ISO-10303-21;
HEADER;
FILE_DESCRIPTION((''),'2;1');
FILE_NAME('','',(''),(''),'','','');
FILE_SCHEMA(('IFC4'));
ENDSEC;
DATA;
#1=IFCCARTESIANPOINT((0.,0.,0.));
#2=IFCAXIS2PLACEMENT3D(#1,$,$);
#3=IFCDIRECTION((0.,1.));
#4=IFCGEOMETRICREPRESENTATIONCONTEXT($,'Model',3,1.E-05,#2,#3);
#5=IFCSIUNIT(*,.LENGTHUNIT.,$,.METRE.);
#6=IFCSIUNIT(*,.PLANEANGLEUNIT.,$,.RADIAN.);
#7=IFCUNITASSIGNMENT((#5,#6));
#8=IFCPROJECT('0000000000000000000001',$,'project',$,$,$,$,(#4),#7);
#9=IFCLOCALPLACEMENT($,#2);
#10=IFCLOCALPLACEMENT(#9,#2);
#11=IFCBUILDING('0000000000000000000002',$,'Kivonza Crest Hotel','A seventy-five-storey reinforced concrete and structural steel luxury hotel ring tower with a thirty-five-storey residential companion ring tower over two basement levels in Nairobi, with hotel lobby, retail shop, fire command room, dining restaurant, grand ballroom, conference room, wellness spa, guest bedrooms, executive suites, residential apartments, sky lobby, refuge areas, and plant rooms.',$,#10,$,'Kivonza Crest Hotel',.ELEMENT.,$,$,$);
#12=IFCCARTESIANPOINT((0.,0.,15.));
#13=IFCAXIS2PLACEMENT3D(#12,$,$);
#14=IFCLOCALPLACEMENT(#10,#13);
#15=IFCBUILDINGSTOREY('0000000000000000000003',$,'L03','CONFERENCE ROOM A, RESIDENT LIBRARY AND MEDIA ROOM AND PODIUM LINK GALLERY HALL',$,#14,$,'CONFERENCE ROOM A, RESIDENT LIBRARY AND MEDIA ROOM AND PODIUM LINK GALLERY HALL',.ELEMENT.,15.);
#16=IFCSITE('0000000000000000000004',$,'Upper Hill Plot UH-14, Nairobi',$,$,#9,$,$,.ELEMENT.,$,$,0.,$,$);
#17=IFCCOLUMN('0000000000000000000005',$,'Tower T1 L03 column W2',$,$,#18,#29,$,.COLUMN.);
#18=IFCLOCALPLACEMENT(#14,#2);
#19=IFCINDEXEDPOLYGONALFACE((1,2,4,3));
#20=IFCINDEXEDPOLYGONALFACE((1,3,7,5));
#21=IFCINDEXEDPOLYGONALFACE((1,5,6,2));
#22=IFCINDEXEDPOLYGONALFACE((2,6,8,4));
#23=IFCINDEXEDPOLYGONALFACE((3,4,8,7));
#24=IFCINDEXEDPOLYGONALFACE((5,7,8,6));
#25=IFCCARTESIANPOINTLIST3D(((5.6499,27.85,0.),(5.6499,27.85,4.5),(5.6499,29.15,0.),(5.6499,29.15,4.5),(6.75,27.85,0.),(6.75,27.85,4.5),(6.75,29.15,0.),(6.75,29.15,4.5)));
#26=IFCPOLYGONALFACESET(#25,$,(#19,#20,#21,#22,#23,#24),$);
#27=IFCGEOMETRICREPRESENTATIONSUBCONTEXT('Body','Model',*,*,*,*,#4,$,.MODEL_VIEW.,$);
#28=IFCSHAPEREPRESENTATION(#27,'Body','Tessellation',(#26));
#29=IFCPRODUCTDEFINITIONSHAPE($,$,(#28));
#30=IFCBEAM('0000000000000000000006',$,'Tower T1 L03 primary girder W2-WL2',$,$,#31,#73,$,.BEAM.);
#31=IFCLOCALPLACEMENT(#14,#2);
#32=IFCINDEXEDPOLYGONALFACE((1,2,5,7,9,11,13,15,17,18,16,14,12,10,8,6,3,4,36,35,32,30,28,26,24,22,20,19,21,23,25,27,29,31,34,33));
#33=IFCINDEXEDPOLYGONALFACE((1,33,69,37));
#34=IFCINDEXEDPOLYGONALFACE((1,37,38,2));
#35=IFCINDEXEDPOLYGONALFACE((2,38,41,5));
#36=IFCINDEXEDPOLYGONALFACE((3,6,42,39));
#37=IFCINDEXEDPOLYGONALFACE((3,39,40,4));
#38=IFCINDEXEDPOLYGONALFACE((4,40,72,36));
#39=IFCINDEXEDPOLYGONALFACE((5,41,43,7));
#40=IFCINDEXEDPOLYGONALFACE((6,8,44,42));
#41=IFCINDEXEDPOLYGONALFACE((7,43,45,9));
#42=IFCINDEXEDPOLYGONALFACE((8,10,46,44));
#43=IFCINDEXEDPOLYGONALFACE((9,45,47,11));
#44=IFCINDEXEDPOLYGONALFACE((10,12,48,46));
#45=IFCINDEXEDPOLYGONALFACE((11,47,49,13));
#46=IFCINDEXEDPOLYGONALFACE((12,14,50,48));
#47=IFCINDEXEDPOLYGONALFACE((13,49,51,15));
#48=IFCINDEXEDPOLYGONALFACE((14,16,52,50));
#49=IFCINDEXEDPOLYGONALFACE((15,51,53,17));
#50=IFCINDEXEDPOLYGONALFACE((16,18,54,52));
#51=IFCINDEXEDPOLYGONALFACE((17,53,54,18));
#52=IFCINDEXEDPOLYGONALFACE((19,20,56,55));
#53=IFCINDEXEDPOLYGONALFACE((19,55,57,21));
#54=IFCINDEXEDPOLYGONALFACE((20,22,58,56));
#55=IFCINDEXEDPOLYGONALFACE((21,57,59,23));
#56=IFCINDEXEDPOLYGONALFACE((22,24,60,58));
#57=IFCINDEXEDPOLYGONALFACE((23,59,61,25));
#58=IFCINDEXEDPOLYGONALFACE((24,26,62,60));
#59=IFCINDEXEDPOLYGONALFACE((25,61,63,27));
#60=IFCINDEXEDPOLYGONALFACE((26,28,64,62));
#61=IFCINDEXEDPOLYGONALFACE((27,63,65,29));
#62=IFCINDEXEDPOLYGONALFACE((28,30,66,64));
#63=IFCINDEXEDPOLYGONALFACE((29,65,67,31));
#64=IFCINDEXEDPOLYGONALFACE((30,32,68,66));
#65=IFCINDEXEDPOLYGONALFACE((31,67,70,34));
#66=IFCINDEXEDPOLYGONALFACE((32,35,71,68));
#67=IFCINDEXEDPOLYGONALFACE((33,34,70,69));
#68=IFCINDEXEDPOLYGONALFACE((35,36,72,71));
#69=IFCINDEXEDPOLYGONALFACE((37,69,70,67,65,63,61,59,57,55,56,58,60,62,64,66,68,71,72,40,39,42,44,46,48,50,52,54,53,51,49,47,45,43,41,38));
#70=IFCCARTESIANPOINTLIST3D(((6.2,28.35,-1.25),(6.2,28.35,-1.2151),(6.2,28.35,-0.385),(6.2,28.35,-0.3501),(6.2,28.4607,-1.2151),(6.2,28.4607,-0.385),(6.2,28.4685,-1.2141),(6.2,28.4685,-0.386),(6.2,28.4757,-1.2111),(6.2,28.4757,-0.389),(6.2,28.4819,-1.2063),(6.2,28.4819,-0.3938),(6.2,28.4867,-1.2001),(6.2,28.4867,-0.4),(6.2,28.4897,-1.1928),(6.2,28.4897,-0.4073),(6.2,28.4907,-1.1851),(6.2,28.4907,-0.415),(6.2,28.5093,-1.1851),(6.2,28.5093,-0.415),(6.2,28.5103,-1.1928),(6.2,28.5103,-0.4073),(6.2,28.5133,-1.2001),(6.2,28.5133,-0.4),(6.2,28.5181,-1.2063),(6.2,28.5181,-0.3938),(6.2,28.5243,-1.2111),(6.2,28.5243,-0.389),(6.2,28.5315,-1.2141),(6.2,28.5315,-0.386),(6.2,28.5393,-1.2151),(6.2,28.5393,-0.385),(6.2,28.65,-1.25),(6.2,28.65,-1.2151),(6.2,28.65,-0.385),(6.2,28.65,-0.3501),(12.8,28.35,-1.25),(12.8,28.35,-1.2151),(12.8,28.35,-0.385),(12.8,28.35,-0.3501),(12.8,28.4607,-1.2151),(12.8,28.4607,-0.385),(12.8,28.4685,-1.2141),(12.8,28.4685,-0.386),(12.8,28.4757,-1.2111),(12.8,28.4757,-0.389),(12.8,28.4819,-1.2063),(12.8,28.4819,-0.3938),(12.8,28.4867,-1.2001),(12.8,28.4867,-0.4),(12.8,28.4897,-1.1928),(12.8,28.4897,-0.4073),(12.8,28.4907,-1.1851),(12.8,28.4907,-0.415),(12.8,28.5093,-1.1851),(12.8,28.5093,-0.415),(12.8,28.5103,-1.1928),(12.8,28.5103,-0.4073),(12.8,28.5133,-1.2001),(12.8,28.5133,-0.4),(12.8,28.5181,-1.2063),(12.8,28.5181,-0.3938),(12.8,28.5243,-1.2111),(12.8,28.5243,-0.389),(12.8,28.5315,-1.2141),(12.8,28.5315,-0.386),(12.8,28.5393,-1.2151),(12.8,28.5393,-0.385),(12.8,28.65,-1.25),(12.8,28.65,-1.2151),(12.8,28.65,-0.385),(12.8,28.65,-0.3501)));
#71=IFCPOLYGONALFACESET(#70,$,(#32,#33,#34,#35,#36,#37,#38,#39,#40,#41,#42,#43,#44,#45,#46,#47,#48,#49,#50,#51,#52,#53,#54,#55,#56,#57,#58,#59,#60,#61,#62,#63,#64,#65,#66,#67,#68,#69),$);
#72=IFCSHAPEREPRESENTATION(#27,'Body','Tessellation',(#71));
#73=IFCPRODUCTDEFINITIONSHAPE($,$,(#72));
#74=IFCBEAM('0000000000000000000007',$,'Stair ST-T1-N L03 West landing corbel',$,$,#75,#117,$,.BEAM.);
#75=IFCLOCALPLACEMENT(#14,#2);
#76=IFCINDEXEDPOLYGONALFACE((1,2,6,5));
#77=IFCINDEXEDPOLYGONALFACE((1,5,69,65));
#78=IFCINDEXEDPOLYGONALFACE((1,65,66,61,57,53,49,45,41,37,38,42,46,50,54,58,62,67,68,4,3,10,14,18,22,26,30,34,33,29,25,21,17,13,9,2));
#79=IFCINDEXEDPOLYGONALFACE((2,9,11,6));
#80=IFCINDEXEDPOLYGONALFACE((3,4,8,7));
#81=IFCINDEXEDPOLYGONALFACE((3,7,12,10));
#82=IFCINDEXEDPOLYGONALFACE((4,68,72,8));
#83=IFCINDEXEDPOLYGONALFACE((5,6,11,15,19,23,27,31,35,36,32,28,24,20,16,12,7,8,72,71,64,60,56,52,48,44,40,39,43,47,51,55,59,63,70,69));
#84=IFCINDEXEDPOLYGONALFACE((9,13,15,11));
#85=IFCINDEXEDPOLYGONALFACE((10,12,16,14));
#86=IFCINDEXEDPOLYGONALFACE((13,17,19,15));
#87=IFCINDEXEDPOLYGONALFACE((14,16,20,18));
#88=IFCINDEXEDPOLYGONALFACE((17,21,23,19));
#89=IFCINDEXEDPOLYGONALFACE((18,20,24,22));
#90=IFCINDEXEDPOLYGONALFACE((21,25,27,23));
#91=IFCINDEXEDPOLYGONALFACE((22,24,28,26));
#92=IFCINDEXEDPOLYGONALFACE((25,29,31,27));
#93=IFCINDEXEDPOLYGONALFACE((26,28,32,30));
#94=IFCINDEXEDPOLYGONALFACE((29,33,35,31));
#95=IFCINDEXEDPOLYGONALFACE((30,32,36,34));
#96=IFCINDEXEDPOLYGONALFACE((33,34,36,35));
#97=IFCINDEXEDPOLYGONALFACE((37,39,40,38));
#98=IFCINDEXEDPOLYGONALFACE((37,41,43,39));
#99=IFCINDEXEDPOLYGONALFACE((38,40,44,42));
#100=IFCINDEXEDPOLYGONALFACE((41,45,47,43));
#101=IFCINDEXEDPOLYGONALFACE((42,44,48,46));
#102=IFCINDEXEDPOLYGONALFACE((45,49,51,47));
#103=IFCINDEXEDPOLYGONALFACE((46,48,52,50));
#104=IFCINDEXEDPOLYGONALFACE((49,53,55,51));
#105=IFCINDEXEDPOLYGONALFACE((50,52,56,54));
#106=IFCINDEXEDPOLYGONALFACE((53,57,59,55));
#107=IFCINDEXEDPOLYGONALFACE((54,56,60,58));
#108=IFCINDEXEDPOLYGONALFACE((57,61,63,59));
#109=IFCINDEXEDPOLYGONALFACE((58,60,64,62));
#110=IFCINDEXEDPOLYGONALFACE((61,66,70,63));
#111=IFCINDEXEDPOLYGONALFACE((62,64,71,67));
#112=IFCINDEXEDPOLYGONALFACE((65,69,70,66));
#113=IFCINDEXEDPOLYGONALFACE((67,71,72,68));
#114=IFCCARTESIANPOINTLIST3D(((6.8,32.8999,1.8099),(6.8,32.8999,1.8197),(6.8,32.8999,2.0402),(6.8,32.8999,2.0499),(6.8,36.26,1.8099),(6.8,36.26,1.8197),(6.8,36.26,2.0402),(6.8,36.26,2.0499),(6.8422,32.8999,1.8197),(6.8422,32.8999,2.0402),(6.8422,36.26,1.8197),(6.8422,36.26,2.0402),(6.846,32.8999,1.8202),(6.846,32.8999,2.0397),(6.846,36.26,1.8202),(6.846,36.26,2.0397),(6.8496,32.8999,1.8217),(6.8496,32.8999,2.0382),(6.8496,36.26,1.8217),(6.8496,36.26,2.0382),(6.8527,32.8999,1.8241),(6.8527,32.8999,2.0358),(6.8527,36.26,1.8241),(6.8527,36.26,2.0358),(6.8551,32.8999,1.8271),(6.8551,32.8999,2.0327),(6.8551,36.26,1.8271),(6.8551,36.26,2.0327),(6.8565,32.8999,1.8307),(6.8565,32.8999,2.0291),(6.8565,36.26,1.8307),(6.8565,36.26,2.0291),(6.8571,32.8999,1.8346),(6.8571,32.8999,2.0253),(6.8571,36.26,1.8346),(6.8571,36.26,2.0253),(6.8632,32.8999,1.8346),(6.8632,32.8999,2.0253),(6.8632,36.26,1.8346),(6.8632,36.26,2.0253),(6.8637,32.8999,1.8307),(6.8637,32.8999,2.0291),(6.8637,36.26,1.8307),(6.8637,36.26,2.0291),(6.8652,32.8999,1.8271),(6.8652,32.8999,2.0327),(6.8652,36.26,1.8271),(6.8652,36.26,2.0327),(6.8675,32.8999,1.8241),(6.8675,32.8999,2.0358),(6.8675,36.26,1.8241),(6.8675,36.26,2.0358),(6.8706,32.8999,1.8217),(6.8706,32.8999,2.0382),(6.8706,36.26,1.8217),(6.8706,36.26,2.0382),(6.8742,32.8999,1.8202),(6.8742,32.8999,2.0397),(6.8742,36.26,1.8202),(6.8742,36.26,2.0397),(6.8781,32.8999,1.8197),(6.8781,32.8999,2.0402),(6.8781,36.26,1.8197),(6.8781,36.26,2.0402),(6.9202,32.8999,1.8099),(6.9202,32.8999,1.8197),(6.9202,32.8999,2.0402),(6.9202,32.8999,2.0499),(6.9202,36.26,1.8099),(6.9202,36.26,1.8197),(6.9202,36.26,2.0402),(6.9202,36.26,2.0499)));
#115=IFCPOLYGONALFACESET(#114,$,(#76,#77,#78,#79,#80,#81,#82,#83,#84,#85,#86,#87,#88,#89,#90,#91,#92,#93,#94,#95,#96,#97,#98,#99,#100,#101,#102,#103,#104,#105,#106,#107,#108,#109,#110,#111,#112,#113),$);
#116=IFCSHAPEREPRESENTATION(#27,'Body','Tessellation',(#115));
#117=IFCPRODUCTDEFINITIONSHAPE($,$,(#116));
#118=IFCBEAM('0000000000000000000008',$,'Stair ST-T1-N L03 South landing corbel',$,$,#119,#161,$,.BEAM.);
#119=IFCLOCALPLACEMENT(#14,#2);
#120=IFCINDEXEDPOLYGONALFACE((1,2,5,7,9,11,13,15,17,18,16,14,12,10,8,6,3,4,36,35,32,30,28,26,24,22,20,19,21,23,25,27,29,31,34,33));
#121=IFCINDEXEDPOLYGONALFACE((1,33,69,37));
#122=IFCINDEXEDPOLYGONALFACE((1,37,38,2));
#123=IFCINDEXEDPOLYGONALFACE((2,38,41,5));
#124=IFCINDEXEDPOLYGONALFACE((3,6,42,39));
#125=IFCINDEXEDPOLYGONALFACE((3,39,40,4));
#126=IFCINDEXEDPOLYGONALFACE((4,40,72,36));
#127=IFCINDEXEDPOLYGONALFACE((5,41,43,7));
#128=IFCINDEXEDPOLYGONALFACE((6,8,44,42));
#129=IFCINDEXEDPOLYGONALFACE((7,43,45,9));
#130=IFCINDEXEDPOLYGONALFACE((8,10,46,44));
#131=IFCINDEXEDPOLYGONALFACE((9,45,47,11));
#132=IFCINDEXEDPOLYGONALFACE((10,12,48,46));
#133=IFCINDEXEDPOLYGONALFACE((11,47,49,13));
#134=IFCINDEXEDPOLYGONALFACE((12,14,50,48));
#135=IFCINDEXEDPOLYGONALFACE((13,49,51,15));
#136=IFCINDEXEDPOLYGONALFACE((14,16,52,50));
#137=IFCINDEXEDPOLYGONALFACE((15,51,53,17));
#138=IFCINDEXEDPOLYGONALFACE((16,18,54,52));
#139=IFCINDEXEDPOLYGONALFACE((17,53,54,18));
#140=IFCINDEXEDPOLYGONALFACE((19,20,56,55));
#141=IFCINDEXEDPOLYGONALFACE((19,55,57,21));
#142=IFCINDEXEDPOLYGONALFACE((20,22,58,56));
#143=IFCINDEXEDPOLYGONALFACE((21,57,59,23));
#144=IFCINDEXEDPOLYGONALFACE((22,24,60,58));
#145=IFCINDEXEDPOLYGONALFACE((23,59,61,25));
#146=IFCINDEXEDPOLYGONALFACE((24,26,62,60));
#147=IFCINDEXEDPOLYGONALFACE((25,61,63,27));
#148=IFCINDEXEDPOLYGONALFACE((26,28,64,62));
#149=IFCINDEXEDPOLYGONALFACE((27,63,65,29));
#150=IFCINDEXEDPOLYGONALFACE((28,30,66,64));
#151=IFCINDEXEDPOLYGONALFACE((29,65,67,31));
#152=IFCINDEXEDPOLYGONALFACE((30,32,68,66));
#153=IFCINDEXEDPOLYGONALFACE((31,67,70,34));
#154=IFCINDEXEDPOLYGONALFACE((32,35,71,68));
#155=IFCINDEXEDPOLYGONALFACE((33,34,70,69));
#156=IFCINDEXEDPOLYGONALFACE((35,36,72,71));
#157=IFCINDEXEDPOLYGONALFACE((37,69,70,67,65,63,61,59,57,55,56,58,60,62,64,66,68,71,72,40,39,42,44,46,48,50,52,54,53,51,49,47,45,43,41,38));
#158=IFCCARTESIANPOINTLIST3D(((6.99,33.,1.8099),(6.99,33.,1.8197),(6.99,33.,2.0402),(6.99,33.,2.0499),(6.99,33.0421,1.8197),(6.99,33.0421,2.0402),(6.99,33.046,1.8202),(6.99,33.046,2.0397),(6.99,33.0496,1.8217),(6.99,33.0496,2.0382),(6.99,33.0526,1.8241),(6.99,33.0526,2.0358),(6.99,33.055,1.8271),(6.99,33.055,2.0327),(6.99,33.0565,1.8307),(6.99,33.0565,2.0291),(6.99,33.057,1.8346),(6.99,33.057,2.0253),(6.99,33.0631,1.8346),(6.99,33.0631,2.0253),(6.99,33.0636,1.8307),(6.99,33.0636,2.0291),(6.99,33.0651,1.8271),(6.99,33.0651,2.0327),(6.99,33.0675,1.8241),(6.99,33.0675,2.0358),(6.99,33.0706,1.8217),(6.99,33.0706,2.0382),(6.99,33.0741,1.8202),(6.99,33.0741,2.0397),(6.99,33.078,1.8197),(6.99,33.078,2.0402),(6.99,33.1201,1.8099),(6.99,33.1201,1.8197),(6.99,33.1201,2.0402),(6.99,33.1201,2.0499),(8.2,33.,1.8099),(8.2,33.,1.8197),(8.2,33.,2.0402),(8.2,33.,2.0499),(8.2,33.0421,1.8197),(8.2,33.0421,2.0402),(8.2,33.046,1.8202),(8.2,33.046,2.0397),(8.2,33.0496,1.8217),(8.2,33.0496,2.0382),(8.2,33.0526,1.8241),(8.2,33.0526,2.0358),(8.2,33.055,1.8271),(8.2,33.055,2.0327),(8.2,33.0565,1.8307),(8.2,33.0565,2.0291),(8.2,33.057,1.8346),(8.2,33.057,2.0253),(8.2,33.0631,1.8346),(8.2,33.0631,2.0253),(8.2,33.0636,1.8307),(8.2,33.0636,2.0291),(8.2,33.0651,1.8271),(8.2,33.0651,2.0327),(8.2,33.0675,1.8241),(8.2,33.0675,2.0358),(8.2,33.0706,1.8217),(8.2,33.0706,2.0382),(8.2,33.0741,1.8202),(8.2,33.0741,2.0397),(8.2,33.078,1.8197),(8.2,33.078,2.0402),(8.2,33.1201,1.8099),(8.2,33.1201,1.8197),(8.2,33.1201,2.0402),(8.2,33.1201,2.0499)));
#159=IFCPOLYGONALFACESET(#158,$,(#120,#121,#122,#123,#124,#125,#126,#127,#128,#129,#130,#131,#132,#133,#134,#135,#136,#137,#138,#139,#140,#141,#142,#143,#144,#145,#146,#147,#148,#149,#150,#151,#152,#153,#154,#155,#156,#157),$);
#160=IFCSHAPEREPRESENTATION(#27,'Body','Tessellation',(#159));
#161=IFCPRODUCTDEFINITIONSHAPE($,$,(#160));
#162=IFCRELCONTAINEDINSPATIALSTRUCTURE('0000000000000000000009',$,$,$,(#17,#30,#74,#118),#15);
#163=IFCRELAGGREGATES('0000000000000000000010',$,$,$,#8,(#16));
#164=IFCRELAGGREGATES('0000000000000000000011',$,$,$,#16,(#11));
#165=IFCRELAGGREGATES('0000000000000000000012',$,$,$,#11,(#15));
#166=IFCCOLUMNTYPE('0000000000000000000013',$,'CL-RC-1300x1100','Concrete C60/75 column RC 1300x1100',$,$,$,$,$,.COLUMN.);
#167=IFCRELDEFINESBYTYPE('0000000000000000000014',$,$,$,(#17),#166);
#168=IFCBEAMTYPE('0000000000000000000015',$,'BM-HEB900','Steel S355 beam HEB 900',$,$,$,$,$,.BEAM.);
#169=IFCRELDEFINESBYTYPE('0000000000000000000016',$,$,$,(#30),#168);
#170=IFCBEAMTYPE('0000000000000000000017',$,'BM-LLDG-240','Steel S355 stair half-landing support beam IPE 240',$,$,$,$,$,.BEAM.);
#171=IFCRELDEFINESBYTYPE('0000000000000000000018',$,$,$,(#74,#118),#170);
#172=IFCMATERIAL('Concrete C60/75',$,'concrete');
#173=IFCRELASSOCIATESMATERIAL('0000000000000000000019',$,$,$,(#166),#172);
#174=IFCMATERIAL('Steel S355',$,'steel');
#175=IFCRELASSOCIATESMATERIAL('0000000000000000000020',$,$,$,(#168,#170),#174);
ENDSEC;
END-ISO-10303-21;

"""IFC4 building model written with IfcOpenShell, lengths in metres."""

from ifc_helpers import new_model, si_unit, direction, frame, origin, origin_2d, place, context, subcontext, project, spatial, rectangle, i_section, extrude, material, material_profile, profile_set, type_object, element, save


model = new_model("IFC4")

# Units and contexts
model_context = context("Model", 3, precision=1e-05, world=origin(), true_north=direction((0.0, 1.0)))
body_context = subcontext(model_context, "Body", "Model", "MODEL_VIEW")
ifc_project = project(units=[si_unit("LENGTHUNIT", "METRE"), si_unit("PLANEANGLEUNIT", "RADIAN")], contexts=[model_context])

# Site, building, storey
site_placement = place(None, origin())
site = spatial("IfcSite", under=ifc_project, at=site_placement, Name="Upper Hill Plot UH-14, Nairobi", CompositionType="ELEMENT", RefElevation=0.0)
building_placement = place(site_placement, origin())
building = spatial("IfcBuilding", under=site, at=building_placement, Name="Kivonza Crest Hotel", Description="A seventy-five-storey reinforced concrete and structural steel luxury hotel ring tower with a thirty-five-storey residential companion ring tower over two basement levels in Nairobi, with hotel lobby, retail shop, fire command room, dining restaurant, grand ballroom, conference room, wellness spa, guest bedrooms, executive suites, residential apartments, sky lobby, refuge areas, and plant rooms.", LongName="Kivonza Crest Hotel", CompositionType="ELEMENT")
storey_placement = place(building_placement, frame((0.0, 0.0, 15.0)))
storey = spatial("IfcBuildingStorey", under=building, at=storey_placement, Name="L03", Description="CONFERENCE ROOM A, RESIDENT LIBRARY AND MEDIA ROOM AND PODIUM LINK GALLERY HALL", LongName="CONFERENCE ROOM A, RESIDENT LIBRARY AND MEDIA ROOM AND PODIUM LINK GALLERY HALL", CompositionType="ELEMENT", Elevation=15.0)

# Column
ifc_material_1 = material(Name="Concrete C60/75", Category="concrete")
ifc_material_profile_1 = material_profile(ifc_material_1, rectangle(XDim=1.1001, YDim=1.3, at=origin_2d()), Name="RC 1300x1100")
ifc_profile_set_1 = profile_set([ifc_material_profile_1], Name="Concrete C60/75")
column_type = type_object("IfcColumnType", Name="CL-RC-1300x1100", Description="Concrete C60/75 column RC 1300x1100", PredefinedType="COLUMN", material=ifc_profile_set_1)
column_placement = place(storey_placement, frame((6.2, 28.5, 0.0), z_axis=(0.0, 0.0, 1.0), x_axis=(1.0, 0.0, 0.0)))
element("IfcColumn", 1, at=column_placement, inside=storey, type_object=column_type, Name="Tower T1 L03 column W2", PredefinedType="COLUMN", context=body_context, shape_type="SweptSolid", body=[
    extrude(rectangle(XDim=1.1001, YDim=1.3, at=origin_2d()), origin(), (0.0, 0.0, 1.0), 4.5),
])

# Beams
ifc_material_2 = material(Name="Steel S355", Category="steel")
ifc_material_profile_2 = material_profile(ifc_material_2, i_section(OverallWidth=0.3, OverallDepth=0.8999, WebThickness=0.0186, FlangeThickness=0.0349, FilletRadius=0.03, at=origin_2d()), Name="HEB 900")
ifc_profile_set_2 = profile_set([ifc_material_profile_2], Name="Steel S355")
beam_type_1 = type_object("IfcBeamType", Name="BM-HEB900", Description="Steel S355 beam HEB 900", PredefinedType="BEAM", material=ifc_profile_set_2)
beam_1_placement = place(storey_placement, frame((6.2, 28.5, -0.8), z_axis=(1.0, 0.0, 0.0), x_axis=(0.0, 1.0, 0.0)))
element("IfcBeam", 2, at=beam_1_placement, inside=storey, type_object=beam_type_1, Name="Tower T1 L03 primary girder W2-WL2", PredefinedType="BEAM", context=body_context, shape_type="SweptSolid", body=[
    extrude(i_section(OverallWidth=0.3, OverallDepth=0.8999, WebThickness=0.0186, FlangeThickness=0.0349, FilletRadius=0.03, at=origin_2d()), origin(), (0.0, 0.0, 1.0), 6.6001),
])
ifc_material_profile_3 = material_profile(ifc_material_2, i_section(OverallWidth=0.1201, OverallDepth=0.24, WebThickness=0.0061, FlangeThickness=0.0098, FilletRadius=0.0149, at=origin_2d()), Name="IPE 240")
ifc_profile_set_3 = profile_set([ifc_material_profile_3], Name="Steel S355")
beam_type_2 = type_object("IfcBeamType", Name="BM-LLDG-240", Description="Steel S355 stair half-landing support beam IPE 240", PredefinedType="BEAM", material=ifc_profile_set_3)
beam_2_placement = place(storey_placement, frame((6.8601, 32.8999, 1.9299), z_axis=(0.0, 1.0, 0.0), x_axis=(-1.0, 0.0, 0.0)))
element("IfcBeam", 3, at=beam_2_placement, inside=storey, type_object=beam_type_2, Name="Stair ST-T1-N L03 West landing corbel", PredefinedType="BEAM", context=body_context, shape_type="SweptSolid", body=[
    extrude(i_section(OverallWidth=0.1201, OverallDepth=0.24, WebThickness=0.0061, FlangeThickness=0.0098, FilletRadius=0.0149, at=origin_2d()), origin(), (0.0, 0.0, 1.0), 3.3601),
])
for number, where, z_axis, x_axis, name in (
    (4, (6.99, 33.0601, 1.9299), (1.0, 0.0, 0.0), (0.0, 1.0, 0.0), "Stair ST-T1-N L03 South landing corbel"),
):
    element("IfcBeam", number, at=place(storey_placement, frame(where, z_axis=z_axis, x_axis=x_axis)), inside=storey, type_object=beam_type_2, Name=name, PredefinedType="BEAM", context=body_context, shape_type="SweptSolid", body=[
        extrude(i_section(OverallWidth=0.1201, OverallDepth=0.24, WebThickness=0.0061, FlangeThickness=0.0098, FilletRadius=0.0149, at=origin_2d()), origin(), (0.0, 0.0, 1.0), 1.21),
    ])

save(model, "model.ifc")
